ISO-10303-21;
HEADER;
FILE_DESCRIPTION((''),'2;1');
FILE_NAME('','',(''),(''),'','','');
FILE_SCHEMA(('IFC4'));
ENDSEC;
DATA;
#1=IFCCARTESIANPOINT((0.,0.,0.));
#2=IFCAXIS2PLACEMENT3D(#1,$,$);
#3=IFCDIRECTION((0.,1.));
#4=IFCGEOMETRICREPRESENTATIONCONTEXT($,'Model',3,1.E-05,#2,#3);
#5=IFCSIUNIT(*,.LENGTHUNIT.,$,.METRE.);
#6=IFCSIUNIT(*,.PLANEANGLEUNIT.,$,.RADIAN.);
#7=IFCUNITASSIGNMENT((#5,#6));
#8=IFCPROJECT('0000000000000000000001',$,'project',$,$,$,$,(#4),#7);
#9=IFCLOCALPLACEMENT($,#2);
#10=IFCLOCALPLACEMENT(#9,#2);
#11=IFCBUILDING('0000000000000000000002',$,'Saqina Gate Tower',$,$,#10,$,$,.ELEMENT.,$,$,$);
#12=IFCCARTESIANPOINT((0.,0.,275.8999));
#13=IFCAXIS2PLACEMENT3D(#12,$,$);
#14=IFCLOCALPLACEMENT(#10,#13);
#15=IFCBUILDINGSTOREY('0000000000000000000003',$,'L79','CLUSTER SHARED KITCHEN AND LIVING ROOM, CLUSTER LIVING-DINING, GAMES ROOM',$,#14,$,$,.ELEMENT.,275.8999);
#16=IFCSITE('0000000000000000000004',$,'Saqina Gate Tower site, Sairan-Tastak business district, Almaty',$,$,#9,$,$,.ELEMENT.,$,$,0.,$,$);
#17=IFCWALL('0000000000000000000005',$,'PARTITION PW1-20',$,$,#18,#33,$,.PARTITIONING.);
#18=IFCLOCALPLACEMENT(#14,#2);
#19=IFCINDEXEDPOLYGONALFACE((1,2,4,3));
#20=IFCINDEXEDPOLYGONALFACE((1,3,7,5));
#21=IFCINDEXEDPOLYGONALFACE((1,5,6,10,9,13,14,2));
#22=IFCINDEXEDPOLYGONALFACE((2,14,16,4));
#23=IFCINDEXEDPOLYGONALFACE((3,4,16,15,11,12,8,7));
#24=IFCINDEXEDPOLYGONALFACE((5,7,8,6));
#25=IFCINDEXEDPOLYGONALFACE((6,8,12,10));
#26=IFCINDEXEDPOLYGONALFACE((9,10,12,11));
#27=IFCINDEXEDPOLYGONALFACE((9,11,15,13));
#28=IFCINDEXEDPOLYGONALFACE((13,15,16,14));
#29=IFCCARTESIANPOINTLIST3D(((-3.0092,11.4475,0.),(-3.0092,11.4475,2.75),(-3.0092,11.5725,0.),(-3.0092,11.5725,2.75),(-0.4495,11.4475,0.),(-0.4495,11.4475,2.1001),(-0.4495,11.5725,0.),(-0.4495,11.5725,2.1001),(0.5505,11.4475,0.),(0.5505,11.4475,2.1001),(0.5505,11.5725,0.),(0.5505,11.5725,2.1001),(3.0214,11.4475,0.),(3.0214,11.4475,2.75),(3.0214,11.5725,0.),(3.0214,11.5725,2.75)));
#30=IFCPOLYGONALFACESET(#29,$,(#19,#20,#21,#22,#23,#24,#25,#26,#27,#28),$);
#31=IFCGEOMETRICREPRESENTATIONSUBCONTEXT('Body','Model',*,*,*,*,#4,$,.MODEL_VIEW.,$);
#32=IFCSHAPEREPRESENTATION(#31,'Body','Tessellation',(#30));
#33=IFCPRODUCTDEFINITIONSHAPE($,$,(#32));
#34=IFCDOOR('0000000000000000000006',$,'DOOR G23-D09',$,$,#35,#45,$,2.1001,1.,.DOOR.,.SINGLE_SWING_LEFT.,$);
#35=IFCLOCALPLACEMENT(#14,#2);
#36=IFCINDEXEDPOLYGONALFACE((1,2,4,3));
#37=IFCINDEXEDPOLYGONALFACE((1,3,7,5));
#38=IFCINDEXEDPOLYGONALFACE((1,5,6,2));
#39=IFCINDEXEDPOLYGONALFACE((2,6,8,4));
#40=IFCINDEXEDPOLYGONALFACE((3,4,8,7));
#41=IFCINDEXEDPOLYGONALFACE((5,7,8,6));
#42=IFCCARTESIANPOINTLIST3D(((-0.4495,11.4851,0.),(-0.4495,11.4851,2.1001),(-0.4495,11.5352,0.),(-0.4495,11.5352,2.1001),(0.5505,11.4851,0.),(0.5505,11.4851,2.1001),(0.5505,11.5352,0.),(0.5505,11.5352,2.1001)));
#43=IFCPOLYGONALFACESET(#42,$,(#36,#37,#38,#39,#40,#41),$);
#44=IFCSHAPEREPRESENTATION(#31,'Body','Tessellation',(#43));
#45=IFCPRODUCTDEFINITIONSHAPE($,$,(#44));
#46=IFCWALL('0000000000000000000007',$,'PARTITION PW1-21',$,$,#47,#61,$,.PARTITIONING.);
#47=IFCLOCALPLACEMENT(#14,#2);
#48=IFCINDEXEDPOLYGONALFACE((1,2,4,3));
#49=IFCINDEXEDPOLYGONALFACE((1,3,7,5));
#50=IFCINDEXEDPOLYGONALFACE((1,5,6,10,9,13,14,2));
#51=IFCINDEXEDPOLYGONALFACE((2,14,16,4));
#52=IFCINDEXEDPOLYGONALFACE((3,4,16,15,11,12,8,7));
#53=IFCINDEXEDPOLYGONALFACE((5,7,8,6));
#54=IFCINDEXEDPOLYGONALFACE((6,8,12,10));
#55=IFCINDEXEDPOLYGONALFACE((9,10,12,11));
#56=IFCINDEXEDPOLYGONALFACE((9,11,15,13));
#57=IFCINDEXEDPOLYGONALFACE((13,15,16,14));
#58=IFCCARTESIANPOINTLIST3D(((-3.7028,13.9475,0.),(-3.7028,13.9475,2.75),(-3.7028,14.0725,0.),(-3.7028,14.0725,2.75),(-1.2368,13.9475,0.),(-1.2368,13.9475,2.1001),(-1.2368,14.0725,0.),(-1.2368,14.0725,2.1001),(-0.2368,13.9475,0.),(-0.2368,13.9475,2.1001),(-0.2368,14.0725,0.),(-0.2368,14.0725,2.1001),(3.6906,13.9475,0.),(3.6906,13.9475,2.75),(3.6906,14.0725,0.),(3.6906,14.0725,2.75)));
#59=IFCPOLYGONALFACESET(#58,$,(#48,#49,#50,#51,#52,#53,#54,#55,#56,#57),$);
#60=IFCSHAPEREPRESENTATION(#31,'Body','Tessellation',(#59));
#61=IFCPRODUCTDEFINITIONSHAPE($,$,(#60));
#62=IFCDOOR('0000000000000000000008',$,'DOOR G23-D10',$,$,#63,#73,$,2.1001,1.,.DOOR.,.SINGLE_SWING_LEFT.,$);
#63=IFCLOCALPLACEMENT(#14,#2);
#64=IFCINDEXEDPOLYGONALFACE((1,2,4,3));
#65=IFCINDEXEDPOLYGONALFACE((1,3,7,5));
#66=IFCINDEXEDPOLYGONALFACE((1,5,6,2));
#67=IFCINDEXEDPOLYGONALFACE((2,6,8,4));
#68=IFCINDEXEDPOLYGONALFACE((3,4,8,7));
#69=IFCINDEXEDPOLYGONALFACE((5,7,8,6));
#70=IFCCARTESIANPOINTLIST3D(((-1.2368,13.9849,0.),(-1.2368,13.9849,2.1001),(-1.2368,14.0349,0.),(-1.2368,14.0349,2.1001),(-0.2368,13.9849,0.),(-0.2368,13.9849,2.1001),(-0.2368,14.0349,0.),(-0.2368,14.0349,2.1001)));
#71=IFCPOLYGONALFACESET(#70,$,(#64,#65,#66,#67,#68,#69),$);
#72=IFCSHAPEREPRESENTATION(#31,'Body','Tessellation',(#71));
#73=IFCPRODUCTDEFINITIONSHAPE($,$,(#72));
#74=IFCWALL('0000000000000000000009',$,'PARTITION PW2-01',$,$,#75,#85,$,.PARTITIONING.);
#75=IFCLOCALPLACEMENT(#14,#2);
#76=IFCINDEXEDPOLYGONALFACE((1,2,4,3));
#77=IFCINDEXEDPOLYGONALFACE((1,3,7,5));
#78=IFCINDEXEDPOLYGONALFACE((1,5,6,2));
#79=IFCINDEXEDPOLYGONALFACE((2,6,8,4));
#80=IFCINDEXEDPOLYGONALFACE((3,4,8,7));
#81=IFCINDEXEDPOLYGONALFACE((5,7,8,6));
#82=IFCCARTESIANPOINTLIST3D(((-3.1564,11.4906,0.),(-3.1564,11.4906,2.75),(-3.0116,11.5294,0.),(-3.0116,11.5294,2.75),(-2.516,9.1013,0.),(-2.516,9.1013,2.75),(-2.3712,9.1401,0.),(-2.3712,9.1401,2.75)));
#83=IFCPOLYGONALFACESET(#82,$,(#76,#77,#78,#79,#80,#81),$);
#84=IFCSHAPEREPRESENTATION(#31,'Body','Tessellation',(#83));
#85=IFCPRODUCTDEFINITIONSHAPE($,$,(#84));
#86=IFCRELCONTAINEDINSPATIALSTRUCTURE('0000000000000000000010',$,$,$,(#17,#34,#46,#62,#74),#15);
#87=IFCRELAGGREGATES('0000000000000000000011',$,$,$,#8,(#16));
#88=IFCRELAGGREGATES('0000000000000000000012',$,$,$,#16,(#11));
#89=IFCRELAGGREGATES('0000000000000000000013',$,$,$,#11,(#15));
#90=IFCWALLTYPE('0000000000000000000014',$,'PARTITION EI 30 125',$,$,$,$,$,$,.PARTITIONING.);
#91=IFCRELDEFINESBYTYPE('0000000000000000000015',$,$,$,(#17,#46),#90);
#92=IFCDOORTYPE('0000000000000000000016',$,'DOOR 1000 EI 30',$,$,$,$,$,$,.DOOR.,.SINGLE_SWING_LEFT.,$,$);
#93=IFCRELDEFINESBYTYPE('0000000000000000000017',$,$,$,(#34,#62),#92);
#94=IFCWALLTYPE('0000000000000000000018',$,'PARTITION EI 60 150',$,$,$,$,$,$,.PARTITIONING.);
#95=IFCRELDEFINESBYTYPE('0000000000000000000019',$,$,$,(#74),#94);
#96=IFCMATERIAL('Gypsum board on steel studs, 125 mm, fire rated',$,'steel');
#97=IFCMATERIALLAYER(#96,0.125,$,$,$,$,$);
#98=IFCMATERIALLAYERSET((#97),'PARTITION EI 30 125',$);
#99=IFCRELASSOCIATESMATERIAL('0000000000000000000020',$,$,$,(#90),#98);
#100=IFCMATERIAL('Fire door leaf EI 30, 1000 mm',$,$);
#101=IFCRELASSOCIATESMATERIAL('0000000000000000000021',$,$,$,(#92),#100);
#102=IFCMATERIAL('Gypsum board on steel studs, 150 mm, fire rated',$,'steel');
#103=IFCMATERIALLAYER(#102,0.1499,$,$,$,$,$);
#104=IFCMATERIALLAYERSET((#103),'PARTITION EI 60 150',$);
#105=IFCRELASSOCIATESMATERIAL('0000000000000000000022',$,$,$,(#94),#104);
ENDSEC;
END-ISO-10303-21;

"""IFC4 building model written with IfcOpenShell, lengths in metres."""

from ifc_helpers import new_model, si_unit, direction, frame, frame_2d, origin, place, context, subcontext, project, spatial, rectangle, extrude, material, layer, layer_set, type_object, element, fill, save


model = new_model("IFC4")

# Units and contexts
model_context = context("Model", 3, precision=1e-05, world=origin(), true_north=direction((0.0, 1.0)))
body_context = subcontext(model_context, "Body", "Model", "MODEL_VIEW")
ifc_project = project(units=[si_unit("LENGTHUNIT", "METRE"), si_unit("PLANEANGLEUNIT", "RADIAN")], contexts=[model_context])

# Site, building, storey
site_placement = place(None, origin())
site = spatial("IfcSite", under=ifc_project, at=site_placement, Name="Saqina Gate Tower site, Sairan-Tastak business district, Almaty", CompositionType="ELEMENT", RefElevation=0.0)
building_placement = place(site_placement, origin())
building = spatial("IfcBuilding", under=site, at=building_placement, Name="Saqina Gate Tower", CompositionType="ELEMENT")
storey_placement = place(building_placement, frame((0.0, 0.0, 275.8999)))
storey = spatial("IfcBuildingStorey", under=building, at=storey_placement, Name="L79", Description="CLUSTER SHARED KITCHEN AND LIVING ROOM, CLUSTER LIVING-DINING, GAMES ROOM", CompositionType="ELEMENT", Elevation=275.8999)

# Walls, openings, doors
ifc_material_1 = material(Name="Gypsum board on steel studs, 125 mm, fire rated", Category="steel")
ifc_layer_1 = layer(ifc_material_1, 0.125)
ifc_layer_set_1 = layer_set([ifc_layer_1], Name="PARTITION EI 30 125")
wall_type_1 = type_object("IfcWallType", Name="PARTITION EI 30 125", PredefinedType="PARTITIONING", material=ifc_layer_set_1)
wall_1_placement = place(storey_placement, frame((-3.009, 11.51, 0.0), z_axis=(0.0, 0.0, 1.0), x_axis=(1.0, 0.0, 0.0)))
wall_1 = element("IfcWall", 1, at=wall_1_placement, inside=storey, type_object=wall_type_1, Name="PARTITION PW1-20", PredefinedType="PARTITIONING", context=body_context, shape_type="SweptSolid", body=[
    extrude(rectangle(XDim=6.0305, YDim=0.125, at=frame_2d((3.0151, 0.0))), origin(), (0.0, 0.0, 1.0), 2.75),
])
opening_1_placement = place(wall_1_placement, frame((2.5596, 0.0, 0.0)))
opening_1 = element("IfcOpeningElement", 2, at=opening_1_placement, cuts=wall_1, PredefinedType="OPENING", context=body_context, shape_type="SweptSolid", body=[
    extrude(rectangle(XDim=1.0, YDim=2.1001, at=frame_2d((0.5, 1.05))), frame((0.0, 0.0745, 0.0), z_axis=(0.0, -1.0, 0.0), x_axis=(1.0, 0.0, 0.0)), (0.0, 0.0, 1.0), 0.1489),
])
ifc_material_2 = material(Name="Fire door leaf EI 30, 1000 mm")
door_type_1 = type_object("IfcDoorType", Name="DOOR 1000 EI 30", OperationType="SINGLE_SWING_LEFT", PredefinedType="DOOR", material=ifc_material_2)
door_1_placement = place(opening_1_placement, frame((1.0, 0.0, 0.0), z_axis=(0.0, 0.0, 1.0), x_axis=(-1.0, 0.0, 0.0)))
door_1 = element("IfcDoor", 3, at=door_1_placement, inside=storey, type_object=door_type_1, Name="DOOR G23-D09", OperationType="SINGLE_SWING_LEFT", OverallHeight=2.1001, OverallWidth=1.0, PredefinedType="DOOR", context=body_context, shape_type="SweptSolid", body=[
    extrude(rectangle(XDim=1.0, YDim=2.1001, at=frame_2d((0.5, 1.05))), frame((0.0, 0.0249, 0.0), z_axis=(0.0, -1.0, 0.0), x_axis=(1.0, 0.0, 0.0)), (0.0, 0.0, 1.0), 0.05),
])
fill(opening_1, door_1)
wall_2_placement = place(storey_placement, frame((-3.7029, 14.01, 0.0), z_axis=(0.0, 0.0, 1.0), x_axis=(1.0, 0.0, 0.0)))
wall_2 = element("IfcWall", 4, at=wall_2_placement, inside=storey, type_object=wall_type_1, Name="PARTITION PW1-21", PredefinedType="PARTITIONING", context=body_context, shape_type="SweptSolid", body=[
    extrude(rectangle(XDim=7.3933, YDim=0.125, at=frame_2d((3.6968, 0.0))), origin(), (0.0, 0.0, 1.0), 2.75),
])
opening_2_placement = place(wall_2_placement, frame((2.4661, 0.0, 0.0)))
opening_2 = element("IfcOpeningElement", 5, at=opening_2_placement, cuts=wall_2, PredefinedType="OPENING", context=body_context, shape_type="SweptSolid", body=[
    extrude(rectangle(XDim=1.0, YDim=2.1001, at=frame_2d((0.5, 1.05))), frame((0.0, 0.0745, 0.0), z_axis=(0.0, -1.0, 0.0), x_axis=(1.0, 0.0, 0.0)), (0.0, 0.0, 1.0), 0.1489),
])
door_2_placement = place(opening_2_placement, origin())
door_2 = element("IfcDoor", 6, at=door_2_placement, inside=storey, type_object=door_type_1, Name="DOOR G23-D10", OperationType="SINGLE_SWING_LEFT", OverallHeight=2.1001, OverallWidth=1.0, PredefinedType="DOOR", context=body_context, shape_type="SweptSolid", body=[
    extrude(rectangle(XDim=1.0, YDim=2.1001, at=frame_2d((0.5, 1.05))), frame((0.0, 0.0249, 0.0), z_axis=(0.0, -1.0, 0.0), x_axis=(1.0, 0.0, 0.0)), (0.0, 0.0, 1.0), 0.05),
])
fill(opening_2, door_2)

# Wall
ifc_material_3 = material(Name="Gypsum board on steel studs, 150 mm, fire rated", Category="steel")
ifc_layer_2 = layer(ifc_material_3, 0.1499)
ifc_layer_set_2 = layer_set([ifc_layer_2], Name="PARTITION EI 60 150")
wall_type_2 = type_object("IfcWallType", Name="PARTITION EI 60 150", PredefinedType="PARTITIONING", material=ifc_layer_set_2)
wall_3_placement = place(storey_placement, frame((-3.084, 11.51, 0.0), z_axis=(0.0, 0.0, 1.0), x_axis=(0.258873, -0.965911, 0.0)))
element("IfcWall", 7, at=wall_3_placement, inside=storey, type_object=wall_type_2, Name="PARTITION PW2-01", PredefinedType="PARTITIONING", context=body_context, shape_type="SweptSolid", body=[
    extrude(rectangle(XDim=2.4736, YDim=0.1499, at=frame_2d((1.2368, 0.0))), origin(), (0.0, 0.0, 1.0), 2.75),
])

save(model, "model.ifc")
